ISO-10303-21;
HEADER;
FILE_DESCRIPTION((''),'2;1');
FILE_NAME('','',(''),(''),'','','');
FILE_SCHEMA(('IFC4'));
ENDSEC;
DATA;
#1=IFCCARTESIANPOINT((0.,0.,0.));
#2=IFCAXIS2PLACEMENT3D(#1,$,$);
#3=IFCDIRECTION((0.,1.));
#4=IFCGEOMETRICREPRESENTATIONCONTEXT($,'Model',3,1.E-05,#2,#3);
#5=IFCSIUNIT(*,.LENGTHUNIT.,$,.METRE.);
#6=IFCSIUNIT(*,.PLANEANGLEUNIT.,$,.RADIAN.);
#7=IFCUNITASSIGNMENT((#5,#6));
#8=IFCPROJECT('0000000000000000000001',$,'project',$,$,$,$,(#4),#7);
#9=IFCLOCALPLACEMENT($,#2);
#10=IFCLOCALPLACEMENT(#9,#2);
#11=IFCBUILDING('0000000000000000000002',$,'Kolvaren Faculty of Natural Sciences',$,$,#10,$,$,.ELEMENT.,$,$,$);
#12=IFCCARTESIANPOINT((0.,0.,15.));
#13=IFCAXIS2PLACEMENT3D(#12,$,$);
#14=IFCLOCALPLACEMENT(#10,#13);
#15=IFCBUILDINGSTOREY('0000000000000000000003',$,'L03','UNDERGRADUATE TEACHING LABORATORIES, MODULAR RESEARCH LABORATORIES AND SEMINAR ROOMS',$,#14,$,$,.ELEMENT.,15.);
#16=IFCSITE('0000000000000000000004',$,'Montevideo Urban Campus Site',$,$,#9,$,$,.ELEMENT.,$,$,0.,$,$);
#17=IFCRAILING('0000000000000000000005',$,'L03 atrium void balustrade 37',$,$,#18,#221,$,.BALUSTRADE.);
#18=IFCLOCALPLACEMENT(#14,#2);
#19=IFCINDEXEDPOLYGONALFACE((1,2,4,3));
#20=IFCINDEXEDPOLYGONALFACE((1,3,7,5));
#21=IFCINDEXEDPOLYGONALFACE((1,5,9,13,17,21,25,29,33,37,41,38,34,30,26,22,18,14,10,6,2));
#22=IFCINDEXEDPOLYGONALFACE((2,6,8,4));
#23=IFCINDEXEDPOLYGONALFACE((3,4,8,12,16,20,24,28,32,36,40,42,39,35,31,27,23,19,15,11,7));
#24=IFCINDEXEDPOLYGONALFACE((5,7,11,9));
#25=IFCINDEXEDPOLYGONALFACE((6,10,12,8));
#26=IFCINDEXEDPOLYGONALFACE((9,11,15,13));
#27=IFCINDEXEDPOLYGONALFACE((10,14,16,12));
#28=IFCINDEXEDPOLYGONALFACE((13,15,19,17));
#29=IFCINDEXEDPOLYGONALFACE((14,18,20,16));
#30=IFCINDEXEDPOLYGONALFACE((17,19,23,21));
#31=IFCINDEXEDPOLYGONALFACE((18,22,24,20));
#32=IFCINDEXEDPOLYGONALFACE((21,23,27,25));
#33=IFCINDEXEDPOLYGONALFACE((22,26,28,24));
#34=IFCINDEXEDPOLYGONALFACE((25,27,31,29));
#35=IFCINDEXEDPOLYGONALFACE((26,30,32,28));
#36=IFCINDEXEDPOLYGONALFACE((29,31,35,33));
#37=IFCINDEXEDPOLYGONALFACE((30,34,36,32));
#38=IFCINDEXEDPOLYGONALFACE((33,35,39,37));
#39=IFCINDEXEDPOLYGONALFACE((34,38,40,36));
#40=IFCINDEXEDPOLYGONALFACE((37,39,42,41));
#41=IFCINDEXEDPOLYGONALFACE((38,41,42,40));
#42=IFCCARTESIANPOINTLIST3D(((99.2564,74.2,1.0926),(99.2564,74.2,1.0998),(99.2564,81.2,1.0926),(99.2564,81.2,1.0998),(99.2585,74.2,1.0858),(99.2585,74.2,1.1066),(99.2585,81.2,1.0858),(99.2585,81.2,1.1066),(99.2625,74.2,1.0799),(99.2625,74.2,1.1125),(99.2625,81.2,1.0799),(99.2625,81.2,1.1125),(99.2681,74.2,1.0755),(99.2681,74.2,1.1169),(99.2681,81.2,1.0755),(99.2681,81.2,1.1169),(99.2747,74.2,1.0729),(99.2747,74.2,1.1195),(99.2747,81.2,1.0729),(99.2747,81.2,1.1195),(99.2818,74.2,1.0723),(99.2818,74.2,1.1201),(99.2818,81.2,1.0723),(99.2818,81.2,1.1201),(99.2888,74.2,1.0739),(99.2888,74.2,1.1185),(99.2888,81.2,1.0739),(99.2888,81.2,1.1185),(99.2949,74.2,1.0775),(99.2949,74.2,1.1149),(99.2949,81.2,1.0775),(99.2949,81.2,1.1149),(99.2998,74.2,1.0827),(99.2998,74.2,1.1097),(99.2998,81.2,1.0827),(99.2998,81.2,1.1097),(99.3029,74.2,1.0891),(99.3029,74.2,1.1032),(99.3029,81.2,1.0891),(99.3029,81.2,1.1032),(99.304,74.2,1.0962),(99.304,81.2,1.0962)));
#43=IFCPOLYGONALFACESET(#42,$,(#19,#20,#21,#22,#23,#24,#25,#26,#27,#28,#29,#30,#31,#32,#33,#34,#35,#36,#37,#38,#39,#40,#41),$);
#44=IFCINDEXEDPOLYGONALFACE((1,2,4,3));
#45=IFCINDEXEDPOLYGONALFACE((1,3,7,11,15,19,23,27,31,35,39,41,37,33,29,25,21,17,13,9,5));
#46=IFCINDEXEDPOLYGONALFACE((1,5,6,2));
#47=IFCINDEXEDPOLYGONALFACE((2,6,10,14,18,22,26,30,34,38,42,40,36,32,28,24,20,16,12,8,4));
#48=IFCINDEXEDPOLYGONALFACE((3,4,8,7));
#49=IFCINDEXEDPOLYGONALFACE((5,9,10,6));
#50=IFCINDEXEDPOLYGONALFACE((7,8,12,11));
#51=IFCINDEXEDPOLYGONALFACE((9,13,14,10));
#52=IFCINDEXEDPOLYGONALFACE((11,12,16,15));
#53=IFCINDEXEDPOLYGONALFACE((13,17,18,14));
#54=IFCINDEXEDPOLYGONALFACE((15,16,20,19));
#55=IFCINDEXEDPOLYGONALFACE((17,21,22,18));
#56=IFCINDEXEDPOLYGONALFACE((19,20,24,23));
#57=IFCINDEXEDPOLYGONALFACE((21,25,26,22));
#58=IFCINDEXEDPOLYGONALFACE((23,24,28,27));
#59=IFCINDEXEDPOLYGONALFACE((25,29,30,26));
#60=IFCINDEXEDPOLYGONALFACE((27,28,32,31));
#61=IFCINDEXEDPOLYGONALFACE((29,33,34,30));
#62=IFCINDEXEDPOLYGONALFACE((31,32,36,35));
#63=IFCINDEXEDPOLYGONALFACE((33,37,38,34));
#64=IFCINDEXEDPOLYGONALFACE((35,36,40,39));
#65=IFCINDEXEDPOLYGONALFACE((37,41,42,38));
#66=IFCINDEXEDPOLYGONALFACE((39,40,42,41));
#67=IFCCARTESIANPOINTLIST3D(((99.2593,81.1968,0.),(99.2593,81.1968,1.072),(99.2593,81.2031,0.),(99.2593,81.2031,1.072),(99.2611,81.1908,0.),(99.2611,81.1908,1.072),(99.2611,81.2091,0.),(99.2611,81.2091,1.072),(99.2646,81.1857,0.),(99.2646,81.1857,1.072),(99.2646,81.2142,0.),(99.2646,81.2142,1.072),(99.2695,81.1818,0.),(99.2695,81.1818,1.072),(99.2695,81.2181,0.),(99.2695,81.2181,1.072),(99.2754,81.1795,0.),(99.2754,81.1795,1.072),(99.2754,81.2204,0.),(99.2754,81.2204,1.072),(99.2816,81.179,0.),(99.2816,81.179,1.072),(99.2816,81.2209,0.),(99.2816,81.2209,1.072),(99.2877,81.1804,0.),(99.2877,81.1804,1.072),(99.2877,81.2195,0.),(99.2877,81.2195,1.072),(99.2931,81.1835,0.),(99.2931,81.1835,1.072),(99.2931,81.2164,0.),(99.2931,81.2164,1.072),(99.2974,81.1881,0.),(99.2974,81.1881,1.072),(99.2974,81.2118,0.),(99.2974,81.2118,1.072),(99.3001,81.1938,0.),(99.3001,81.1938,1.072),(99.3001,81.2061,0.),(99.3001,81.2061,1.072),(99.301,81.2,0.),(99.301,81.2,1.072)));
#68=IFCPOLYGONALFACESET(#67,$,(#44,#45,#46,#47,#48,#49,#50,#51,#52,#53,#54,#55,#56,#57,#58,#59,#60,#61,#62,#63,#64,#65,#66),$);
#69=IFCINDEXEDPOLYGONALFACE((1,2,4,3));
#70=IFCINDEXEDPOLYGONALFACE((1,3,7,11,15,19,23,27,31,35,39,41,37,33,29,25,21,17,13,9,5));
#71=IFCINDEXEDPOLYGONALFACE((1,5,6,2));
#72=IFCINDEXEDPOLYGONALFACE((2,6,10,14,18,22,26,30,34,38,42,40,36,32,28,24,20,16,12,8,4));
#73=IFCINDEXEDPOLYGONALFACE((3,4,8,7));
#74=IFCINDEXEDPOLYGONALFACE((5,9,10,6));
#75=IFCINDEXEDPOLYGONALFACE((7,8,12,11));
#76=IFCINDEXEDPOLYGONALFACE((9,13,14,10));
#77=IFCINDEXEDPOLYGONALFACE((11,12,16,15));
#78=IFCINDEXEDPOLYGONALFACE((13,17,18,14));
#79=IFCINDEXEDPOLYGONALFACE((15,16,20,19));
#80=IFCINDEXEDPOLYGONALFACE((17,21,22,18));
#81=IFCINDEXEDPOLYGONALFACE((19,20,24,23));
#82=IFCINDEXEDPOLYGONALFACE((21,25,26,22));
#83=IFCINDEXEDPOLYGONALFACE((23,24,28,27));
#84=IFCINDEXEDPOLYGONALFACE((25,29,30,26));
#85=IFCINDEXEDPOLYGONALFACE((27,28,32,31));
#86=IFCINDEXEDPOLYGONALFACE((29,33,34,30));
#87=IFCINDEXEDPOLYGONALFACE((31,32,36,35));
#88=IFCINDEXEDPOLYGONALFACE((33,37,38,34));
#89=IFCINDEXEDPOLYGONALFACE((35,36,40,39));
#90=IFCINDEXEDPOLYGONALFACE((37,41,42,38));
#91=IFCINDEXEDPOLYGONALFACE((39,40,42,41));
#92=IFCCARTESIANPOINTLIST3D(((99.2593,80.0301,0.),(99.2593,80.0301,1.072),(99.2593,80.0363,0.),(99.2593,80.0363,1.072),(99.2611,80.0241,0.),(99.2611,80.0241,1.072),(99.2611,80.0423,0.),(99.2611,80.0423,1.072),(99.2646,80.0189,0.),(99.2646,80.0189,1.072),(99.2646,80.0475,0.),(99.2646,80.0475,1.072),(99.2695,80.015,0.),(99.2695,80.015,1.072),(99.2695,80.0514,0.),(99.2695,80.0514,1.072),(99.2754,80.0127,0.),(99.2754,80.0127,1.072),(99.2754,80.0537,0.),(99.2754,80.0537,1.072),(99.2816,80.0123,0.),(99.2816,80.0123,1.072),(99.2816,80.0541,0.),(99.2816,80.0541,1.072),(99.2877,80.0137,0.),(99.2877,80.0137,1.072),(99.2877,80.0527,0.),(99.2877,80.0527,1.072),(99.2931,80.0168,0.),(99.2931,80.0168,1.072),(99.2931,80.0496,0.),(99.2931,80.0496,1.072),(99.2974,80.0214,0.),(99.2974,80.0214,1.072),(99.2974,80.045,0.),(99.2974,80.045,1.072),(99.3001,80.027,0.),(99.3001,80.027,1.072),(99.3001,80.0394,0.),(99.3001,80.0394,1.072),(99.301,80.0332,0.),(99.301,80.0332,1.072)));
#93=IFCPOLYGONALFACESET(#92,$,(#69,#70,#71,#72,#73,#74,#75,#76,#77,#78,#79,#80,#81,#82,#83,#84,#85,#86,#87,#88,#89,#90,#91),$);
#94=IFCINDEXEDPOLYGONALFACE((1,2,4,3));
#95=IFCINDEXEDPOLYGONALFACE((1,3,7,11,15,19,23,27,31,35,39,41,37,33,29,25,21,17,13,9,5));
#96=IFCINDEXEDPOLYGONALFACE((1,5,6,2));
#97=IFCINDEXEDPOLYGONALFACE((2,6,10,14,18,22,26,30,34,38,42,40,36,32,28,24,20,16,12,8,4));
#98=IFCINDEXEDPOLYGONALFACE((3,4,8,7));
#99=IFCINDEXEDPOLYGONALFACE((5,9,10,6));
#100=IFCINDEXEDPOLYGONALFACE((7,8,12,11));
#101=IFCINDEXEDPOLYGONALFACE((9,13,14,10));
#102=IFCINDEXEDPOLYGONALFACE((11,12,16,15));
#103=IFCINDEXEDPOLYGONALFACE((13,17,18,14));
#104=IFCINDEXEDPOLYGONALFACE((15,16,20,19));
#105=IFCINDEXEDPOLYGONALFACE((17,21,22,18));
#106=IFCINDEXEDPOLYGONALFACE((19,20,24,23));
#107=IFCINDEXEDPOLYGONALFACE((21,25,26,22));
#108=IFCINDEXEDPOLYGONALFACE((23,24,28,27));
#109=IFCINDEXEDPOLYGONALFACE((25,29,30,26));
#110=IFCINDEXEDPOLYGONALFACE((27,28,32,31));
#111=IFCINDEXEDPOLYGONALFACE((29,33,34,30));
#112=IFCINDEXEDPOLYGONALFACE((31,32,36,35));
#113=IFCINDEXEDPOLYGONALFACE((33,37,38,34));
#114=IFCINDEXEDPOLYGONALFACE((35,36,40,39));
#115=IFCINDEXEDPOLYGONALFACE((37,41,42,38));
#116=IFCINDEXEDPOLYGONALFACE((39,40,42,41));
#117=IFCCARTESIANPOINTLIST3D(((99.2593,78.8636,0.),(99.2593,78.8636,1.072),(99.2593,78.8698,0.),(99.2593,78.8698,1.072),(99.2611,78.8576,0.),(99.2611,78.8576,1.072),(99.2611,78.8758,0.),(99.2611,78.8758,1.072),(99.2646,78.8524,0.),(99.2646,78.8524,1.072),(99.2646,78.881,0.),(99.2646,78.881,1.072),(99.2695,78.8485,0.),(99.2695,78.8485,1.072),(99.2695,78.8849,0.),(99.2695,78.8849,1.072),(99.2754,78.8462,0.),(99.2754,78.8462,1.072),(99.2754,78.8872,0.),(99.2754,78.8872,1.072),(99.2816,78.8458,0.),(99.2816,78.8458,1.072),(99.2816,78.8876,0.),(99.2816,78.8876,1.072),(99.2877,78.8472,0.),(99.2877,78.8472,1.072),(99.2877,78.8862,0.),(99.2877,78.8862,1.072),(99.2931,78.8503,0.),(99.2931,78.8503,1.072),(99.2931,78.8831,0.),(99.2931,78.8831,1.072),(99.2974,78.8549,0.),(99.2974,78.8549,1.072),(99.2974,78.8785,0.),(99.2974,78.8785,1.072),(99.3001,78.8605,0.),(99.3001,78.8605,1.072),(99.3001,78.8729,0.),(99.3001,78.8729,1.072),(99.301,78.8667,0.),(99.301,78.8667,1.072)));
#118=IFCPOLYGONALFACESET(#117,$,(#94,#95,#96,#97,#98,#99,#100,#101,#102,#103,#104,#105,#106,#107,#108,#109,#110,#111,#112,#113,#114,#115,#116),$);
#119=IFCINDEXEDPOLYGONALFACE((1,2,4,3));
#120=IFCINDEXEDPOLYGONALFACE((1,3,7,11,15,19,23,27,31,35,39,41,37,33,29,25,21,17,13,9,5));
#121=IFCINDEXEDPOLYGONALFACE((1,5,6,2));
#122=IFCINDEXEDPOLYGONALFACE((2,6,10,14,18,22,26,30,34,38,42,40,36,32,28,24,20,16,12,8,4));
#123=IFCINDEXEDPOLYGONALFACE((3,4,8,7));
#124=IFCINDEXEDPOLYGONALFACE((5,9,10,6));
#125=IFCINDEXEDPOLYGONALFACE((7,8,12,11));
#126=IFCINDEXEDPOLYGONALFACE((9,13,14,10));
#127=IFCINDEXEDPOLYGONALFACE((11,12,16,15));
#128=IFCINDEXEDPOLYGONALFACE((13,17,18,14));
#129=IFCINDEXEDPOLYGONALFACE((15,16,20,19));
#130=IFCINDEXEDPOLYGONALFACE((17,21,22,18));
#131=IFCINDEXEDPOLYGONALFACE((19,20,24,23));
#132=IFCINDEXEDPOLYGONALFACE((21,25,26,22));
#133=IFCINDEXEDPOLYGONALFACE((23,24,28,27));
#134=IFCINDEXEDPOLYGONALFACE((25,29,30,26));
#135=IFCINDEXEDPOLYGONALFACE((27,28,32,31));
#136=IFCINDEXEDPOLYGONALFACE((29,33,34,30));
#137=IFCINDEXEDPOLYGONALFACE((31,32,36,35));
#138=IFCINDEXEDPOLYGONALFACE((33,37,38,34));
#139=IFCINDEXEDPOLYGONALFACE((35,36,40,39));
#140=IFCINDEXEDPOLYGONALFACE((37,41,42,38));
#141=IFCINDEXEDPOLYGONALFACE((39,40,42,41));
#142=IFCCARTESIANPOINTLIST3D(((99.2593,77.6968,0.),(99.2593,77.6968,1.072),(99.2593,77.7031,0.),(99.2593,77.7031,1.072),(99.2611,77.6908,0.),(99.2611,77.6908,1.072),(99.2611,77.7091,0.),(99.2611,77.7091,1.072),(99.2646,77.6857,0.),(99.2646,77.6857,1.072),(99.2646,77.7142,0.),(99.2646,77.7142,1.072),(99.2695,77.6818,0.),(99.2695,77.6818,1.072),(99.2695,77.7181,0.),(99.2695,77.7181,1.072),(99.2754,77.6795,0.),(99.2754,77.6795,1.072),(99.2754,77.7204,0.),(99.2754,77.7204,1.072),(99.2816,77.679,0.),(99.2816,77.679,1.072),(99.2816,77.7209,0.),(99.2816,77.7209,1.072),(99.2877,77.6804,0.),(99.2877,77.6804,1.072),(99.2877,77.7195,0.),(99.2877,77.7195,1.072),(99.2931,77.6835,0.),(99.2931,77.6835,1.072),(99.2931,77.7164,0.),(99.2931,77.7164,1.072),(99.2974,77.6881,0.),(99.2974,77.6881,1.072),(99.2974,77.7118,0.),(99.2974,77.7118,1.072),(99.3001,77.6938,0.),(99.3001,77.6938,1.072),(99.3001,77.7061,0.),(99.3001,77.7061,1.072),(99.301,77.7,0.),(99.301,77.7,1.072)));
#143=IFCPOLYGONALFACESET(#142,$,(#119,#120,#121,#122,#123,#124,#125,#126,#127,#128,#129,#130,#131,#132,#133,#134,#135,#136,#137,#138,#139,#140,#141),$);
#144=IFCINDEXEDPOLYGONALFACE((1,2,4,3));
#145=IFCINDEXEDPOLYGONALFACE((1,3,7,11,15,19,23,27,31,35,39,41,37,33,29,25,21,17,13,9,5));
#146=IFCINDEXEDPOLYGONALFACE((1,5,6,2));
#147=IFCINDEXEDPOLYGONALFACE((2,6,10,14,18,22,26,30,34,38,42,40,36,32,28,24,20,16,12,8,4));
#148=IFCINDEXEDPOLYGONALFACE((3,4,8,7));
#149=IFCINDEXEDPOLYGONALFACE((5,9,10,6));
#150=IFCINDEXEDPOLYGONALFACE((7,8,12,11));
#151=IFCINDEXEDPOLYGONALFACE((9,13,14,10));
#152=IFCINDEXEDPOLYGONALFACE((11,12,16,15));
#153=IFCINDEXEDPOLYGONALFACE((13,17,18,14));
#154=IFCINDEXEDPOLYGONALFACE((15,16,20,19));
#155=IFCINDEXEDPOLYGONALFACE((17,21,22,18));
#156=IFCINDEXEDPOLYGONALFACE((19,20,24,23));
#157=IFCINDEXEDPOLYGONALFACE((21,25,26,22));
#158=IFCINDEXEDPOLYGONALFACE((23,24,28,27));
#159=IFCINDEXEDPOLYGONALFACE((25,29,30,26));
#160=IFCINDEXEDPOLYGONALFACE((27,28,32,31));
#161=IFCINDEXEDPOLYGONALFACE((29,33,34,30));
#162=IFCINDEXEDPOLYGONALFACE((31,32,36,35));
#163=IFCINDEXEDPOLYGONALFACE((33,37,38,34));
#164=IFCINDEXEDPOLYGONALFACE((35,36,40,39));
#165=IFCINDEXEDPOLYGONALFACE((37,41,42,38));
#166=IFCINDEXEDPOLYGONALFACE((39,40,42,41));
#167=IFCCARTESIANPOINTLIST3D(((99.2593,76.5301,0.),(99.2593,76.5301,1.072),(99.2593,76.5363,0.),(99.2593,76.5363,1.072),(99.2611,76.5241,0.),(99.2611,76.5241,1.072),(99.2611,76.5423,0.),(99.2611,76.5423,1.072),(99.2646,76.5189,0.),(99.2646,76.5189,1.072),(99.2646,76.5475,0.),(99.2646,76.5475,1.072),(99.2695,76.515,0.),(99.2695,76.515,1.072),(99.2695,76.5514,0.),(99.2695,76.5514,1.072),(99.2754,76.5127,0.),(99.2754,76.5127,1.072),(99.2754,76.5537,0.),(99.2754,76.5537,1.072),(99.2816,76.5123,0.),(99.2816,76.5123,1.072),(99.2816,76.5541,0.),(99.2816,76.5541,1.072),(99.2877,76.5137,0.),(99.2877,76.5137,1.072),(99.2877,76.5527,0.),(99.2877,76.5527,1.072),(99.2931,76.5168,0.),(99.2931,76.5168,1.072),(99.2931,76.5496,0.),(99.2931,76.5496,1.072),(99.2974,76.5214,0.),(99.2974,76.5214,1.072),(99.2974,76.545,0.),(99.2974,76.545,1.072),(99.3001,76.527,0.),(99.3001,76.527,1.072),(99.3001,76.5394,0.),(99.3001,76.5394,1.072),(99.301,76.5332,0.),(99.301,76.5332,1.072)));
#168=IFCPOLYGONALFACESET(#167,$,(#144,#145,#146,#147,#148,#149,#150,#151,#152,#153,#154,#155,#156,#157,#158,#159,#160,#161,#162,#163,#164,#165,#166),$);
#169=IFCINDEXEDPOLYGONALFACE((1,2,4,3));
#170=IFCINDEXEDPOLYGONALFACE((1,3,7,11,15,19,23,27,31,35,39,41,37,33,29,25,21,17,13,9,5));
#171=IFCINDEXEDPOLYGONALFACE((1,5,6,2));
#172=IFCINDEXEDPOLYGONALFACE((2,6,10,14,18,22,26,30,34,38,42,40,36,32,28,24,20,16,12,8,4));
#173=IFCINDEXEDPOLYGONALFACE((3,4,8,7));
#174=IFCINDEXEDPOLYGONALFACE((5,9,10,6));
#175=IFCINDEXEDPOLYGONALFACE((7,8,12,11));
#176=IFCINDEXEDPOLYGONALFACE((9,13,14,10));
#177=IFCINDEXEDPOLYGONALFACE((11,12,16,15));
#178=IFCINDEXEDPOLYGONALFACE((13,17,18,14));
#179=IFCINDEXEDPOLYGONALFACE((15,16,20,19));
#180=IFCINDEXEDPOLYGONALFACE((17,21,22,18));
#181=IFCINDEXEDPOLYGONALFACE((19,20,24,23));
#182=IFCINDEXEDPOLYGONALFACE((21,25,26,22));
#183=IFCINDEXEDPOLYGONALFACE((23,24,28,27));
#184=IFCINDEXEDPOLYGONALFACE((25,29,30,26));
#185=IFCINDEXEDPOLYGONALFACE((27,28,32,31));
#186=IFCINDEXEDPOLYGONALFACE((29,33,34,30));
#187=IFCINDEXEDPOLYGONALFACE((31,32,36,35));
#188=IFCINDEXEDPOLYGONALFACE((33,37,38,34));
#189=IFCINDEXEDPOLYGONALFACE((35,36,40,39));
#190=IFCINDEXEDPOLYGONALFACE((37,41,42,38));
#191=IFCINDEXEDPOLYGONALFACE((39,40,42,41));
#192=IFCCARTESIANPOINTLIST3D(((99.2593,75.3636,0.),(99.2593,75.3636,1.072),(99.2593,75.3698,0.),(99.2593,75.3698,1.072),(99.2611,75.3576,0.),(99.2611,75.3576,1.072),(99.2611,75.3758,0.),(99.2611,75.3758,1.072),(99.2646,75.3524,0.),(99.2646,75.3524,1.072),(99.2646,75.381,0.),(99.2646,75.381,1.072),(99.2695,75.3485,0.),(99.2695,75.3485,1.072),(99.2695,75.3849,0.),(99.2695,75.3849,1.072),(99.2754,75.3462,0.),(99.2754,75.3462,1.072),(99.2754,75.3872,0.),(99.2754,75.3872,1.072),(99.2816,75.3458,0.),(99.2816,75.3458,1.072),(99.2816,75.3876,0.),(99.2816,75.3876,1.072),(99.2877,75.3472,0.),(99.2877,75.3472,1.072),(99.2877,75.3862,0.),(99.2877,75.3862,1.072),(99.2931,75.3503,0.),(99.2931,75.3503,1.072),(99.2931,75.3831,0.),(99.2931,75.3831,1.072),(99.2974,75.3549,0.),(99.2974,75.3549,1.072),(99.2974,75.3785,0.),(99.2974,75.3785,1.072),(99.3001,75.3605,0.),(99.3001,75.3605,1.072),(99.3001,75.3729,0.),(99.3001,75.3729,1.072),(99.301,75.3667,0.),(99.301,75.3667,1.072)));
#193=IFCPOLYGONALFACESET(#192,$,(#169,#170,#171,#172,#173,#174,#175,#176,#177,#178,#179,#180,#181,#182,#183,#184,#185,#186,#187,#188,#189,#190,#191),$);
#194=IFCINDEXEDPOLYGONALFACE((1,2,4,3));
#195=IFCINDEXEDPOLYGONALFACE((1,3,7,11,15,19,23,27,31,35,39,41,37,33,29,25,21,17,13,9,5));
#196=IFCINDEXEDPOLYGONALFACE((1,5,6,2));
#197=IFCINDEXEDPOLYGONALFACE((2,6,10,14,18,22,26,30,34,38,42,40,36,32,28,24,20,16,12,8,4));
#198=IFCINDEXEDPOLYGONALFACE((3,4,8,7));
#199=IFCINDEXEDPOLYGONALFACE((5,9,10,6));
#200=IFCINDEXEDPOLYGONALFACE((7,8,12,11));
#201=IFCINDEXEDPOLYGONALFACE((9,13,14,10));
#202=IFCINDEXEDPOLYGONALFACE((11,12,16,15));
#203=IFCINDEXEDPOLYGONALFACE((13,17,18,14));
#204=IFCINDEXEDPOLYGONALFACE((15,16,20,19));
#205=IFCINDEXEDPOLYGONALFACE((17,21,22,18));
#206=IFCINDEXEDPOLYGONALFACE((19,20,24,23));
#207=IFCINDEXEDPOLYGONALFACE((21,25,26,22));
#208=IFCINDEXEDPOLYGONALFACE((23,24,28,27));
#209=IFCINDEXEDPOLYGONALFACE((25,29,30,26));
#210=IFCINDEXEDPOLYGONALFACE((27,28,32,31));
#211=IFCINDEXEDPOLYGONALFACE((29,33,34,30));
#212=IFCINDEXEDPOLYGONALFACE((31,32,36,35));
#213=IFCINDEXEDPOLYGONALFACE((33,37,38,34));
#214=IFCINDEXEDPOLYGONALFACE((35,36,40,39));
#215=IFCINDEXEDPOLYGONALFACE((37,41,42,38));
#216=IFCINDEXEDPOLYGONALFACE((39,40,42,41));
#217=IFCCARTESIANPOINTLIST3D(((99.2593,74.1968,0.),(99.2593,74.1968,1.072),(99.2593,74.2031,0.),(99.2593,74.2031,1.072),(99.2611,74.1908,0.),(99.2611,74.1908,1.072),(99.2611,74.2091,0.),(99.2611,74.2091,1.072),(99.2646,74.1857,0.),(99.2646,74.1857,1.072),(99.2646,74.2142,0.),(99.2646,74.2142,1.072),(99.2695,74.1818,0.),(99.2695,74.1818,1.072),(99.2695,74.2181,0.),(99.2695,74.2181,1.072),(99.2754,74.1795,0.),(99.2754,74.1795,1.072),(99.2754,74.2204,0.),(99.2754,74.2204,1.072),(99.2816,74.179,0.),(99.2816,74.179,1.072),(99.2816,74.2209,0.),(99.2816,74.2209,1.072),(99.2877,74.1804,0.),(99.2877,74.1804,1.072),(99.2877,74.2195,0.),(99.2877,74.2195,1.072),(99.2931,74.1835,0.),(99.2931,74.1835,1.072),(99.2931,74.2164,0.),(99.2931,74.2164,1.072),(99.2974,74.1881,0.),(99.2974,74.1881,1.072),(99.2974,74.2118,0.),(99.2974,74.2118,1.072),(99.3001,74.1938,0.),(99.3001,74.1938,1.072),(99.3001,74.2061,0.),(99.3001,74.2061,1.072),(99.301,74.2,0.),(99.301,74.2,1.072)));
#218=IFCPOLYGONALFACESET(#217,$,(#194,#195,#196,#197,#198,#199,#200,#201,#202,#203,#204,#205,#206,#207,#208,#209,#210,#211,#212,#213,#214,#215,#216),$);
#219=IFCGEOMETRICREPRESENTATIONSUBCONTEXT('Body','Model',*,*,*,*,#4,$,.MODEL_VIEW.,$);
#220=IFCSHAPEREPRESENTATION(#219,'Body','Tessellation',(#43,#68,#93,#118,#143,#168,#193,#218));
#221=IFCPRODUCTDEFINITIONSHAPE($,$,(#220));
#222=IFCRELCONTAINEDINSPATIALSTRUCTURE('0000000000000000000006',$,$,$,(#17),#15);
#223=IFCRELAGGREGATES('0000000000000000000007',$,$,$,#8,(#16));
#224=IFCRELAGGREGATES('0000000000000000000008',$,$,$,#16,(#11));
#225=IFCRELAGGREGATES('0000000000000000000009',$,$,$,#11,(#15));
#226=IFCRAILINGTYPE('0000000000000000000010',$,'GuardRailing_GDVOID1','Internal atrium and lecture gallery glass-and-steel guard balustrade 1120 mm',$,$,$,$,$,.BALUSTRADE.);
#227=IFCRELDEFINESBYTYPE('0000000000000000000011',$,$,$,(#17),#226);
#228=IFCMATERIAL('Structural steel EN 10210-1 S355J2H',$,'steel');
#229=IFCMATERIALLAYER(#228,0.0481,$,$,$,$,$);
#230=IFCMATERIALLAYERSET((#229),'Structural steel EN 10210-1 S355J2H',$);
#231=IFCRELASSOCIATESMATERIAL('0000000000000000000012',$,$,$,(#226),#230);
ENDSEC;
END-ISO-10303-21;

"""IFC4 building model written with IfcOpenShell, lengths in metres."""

from ifc_helpers import new_model, si_unit, direction, frame, origin, origin_2d, place, context, subcontext, project, spatial, circle, extrude, material, layer, layer_set, type_object, element, save


model = new_model("IFC4")

# Units and contexts
model_context = context("Model", 3, precision=1e-05, world=origin(), true_north=direction((0.0, 1.0)))
body_context = subcontext(model_context, "Body", "Model", "MODEL_VIEW")
ifc_project = project(units=[si_unit("LENGTHUNIT", "METRE"), si_unit("PLANEANGLEUNIT", "RADIAN")], contexts=[model_context])

# Site, building, storey
site_placement = place(None, origin())
site = spatial("IfcSite", under=ifc_project, at=site_placement, Name="Montevideo Urban Campus Site", CompositionType="ELEMENT", RefElevation=0.0)
building_placement = place(site_placement, origin())
building = spatial("IfcBuilding", under=site, at=building_placement, Name="Kolvaren Faculty of Natural Sciences", CompositionType="ELEMENT")
storey_placement = place(building_placement, frame((0.0, 0.0, 15.0)))
storey = spatial("IfcBuildingStorey", under=building, at=storey_placement, Name="L03", Description="UNDERGRADUATE TEACHING LABORATORIES, MODULAR RESEARCH LABORATORIES AND SEMINAR ROOMS", CompositionType="ELEMENT", Elevation=15.0)

# Railing
ifc_material_1 = material(Name="Structural steel EN 10210-1 S355J2H", Category="steel")
ifc_layer_1 = layer(ifc_material_1, 0.0481)
ifc_layer_set_1 = layer_set([ifc_layer_1], Name="Structural steel EN 10210-1 S355J2H")
railing_type_1 = type_object("IfcRailingType", Name="GuardRailing_GDVOID1", Description="Internal atrium and lecture gallery glass-and-steel guard balustrade 1120 mm", PredefinedType="BALUSTRADE", material=ifc_layer_set_1)
railing_1_placement = place(storey_placement, frame((99.28, 81.2, 0.0)))
element("IfcRailing", 1, at=railing_1_placement, inside=storey, type_object=railing_type_1, Name="L03 atrium void balustrade 37", PredefinedType="BALUSTRADE", context=body_context, shape_type="SweptSolid", body=[
    extrude(circle(Radius=0.0239, at=origin_2d()), frame((0.0, 0.0, 1.0962), z_axis=(0.0, -1.0, 0.0), x_axis=(1.0, 0.0, 0.0)), (0.0, 0.0, 1.0), 7.0),
    extrude(circle(Radius=0.021, at=origin_2d()), origin(), (0.0, 0.0, 1.0), 1.072),
    extrude(circle(Radius=0.021, at=origin_2d()), frame((0.0, -1.1667, 0.0)), (0.0, 0.0, 1.0), 1.072),
    extrude(circle(Radius=0.021, at=origin_2d()), frame((0.0, -2.3333, 0.0)), (0.0, 0.0, 1.0), 1.072),
    extrude(circle(Radius=0.021, at=origin_2d()), frame((0.0, -3.5, 0.0)), (0.0, 0.0, 1.0), 1.072),
    extrude(circle(Radius=0.021, at=origin_2d()), frame((0.0, -4.6667, 0.0)), (0.0, 0.0, 1.0), 1.072),
    extrude(circle(Radius=0.021, at=origin_2d()), frame((0.0, -5.8333, 0.0)), (0.0, 0.0, 1.0), 1.072),
    extrude(circle(Radius=0.021, at=origin_2d()), frame((0.0, -7.0, 0.0)), (0.0, 0.0, 1.0), 1.072),
])

save(model, "model.ifc")
